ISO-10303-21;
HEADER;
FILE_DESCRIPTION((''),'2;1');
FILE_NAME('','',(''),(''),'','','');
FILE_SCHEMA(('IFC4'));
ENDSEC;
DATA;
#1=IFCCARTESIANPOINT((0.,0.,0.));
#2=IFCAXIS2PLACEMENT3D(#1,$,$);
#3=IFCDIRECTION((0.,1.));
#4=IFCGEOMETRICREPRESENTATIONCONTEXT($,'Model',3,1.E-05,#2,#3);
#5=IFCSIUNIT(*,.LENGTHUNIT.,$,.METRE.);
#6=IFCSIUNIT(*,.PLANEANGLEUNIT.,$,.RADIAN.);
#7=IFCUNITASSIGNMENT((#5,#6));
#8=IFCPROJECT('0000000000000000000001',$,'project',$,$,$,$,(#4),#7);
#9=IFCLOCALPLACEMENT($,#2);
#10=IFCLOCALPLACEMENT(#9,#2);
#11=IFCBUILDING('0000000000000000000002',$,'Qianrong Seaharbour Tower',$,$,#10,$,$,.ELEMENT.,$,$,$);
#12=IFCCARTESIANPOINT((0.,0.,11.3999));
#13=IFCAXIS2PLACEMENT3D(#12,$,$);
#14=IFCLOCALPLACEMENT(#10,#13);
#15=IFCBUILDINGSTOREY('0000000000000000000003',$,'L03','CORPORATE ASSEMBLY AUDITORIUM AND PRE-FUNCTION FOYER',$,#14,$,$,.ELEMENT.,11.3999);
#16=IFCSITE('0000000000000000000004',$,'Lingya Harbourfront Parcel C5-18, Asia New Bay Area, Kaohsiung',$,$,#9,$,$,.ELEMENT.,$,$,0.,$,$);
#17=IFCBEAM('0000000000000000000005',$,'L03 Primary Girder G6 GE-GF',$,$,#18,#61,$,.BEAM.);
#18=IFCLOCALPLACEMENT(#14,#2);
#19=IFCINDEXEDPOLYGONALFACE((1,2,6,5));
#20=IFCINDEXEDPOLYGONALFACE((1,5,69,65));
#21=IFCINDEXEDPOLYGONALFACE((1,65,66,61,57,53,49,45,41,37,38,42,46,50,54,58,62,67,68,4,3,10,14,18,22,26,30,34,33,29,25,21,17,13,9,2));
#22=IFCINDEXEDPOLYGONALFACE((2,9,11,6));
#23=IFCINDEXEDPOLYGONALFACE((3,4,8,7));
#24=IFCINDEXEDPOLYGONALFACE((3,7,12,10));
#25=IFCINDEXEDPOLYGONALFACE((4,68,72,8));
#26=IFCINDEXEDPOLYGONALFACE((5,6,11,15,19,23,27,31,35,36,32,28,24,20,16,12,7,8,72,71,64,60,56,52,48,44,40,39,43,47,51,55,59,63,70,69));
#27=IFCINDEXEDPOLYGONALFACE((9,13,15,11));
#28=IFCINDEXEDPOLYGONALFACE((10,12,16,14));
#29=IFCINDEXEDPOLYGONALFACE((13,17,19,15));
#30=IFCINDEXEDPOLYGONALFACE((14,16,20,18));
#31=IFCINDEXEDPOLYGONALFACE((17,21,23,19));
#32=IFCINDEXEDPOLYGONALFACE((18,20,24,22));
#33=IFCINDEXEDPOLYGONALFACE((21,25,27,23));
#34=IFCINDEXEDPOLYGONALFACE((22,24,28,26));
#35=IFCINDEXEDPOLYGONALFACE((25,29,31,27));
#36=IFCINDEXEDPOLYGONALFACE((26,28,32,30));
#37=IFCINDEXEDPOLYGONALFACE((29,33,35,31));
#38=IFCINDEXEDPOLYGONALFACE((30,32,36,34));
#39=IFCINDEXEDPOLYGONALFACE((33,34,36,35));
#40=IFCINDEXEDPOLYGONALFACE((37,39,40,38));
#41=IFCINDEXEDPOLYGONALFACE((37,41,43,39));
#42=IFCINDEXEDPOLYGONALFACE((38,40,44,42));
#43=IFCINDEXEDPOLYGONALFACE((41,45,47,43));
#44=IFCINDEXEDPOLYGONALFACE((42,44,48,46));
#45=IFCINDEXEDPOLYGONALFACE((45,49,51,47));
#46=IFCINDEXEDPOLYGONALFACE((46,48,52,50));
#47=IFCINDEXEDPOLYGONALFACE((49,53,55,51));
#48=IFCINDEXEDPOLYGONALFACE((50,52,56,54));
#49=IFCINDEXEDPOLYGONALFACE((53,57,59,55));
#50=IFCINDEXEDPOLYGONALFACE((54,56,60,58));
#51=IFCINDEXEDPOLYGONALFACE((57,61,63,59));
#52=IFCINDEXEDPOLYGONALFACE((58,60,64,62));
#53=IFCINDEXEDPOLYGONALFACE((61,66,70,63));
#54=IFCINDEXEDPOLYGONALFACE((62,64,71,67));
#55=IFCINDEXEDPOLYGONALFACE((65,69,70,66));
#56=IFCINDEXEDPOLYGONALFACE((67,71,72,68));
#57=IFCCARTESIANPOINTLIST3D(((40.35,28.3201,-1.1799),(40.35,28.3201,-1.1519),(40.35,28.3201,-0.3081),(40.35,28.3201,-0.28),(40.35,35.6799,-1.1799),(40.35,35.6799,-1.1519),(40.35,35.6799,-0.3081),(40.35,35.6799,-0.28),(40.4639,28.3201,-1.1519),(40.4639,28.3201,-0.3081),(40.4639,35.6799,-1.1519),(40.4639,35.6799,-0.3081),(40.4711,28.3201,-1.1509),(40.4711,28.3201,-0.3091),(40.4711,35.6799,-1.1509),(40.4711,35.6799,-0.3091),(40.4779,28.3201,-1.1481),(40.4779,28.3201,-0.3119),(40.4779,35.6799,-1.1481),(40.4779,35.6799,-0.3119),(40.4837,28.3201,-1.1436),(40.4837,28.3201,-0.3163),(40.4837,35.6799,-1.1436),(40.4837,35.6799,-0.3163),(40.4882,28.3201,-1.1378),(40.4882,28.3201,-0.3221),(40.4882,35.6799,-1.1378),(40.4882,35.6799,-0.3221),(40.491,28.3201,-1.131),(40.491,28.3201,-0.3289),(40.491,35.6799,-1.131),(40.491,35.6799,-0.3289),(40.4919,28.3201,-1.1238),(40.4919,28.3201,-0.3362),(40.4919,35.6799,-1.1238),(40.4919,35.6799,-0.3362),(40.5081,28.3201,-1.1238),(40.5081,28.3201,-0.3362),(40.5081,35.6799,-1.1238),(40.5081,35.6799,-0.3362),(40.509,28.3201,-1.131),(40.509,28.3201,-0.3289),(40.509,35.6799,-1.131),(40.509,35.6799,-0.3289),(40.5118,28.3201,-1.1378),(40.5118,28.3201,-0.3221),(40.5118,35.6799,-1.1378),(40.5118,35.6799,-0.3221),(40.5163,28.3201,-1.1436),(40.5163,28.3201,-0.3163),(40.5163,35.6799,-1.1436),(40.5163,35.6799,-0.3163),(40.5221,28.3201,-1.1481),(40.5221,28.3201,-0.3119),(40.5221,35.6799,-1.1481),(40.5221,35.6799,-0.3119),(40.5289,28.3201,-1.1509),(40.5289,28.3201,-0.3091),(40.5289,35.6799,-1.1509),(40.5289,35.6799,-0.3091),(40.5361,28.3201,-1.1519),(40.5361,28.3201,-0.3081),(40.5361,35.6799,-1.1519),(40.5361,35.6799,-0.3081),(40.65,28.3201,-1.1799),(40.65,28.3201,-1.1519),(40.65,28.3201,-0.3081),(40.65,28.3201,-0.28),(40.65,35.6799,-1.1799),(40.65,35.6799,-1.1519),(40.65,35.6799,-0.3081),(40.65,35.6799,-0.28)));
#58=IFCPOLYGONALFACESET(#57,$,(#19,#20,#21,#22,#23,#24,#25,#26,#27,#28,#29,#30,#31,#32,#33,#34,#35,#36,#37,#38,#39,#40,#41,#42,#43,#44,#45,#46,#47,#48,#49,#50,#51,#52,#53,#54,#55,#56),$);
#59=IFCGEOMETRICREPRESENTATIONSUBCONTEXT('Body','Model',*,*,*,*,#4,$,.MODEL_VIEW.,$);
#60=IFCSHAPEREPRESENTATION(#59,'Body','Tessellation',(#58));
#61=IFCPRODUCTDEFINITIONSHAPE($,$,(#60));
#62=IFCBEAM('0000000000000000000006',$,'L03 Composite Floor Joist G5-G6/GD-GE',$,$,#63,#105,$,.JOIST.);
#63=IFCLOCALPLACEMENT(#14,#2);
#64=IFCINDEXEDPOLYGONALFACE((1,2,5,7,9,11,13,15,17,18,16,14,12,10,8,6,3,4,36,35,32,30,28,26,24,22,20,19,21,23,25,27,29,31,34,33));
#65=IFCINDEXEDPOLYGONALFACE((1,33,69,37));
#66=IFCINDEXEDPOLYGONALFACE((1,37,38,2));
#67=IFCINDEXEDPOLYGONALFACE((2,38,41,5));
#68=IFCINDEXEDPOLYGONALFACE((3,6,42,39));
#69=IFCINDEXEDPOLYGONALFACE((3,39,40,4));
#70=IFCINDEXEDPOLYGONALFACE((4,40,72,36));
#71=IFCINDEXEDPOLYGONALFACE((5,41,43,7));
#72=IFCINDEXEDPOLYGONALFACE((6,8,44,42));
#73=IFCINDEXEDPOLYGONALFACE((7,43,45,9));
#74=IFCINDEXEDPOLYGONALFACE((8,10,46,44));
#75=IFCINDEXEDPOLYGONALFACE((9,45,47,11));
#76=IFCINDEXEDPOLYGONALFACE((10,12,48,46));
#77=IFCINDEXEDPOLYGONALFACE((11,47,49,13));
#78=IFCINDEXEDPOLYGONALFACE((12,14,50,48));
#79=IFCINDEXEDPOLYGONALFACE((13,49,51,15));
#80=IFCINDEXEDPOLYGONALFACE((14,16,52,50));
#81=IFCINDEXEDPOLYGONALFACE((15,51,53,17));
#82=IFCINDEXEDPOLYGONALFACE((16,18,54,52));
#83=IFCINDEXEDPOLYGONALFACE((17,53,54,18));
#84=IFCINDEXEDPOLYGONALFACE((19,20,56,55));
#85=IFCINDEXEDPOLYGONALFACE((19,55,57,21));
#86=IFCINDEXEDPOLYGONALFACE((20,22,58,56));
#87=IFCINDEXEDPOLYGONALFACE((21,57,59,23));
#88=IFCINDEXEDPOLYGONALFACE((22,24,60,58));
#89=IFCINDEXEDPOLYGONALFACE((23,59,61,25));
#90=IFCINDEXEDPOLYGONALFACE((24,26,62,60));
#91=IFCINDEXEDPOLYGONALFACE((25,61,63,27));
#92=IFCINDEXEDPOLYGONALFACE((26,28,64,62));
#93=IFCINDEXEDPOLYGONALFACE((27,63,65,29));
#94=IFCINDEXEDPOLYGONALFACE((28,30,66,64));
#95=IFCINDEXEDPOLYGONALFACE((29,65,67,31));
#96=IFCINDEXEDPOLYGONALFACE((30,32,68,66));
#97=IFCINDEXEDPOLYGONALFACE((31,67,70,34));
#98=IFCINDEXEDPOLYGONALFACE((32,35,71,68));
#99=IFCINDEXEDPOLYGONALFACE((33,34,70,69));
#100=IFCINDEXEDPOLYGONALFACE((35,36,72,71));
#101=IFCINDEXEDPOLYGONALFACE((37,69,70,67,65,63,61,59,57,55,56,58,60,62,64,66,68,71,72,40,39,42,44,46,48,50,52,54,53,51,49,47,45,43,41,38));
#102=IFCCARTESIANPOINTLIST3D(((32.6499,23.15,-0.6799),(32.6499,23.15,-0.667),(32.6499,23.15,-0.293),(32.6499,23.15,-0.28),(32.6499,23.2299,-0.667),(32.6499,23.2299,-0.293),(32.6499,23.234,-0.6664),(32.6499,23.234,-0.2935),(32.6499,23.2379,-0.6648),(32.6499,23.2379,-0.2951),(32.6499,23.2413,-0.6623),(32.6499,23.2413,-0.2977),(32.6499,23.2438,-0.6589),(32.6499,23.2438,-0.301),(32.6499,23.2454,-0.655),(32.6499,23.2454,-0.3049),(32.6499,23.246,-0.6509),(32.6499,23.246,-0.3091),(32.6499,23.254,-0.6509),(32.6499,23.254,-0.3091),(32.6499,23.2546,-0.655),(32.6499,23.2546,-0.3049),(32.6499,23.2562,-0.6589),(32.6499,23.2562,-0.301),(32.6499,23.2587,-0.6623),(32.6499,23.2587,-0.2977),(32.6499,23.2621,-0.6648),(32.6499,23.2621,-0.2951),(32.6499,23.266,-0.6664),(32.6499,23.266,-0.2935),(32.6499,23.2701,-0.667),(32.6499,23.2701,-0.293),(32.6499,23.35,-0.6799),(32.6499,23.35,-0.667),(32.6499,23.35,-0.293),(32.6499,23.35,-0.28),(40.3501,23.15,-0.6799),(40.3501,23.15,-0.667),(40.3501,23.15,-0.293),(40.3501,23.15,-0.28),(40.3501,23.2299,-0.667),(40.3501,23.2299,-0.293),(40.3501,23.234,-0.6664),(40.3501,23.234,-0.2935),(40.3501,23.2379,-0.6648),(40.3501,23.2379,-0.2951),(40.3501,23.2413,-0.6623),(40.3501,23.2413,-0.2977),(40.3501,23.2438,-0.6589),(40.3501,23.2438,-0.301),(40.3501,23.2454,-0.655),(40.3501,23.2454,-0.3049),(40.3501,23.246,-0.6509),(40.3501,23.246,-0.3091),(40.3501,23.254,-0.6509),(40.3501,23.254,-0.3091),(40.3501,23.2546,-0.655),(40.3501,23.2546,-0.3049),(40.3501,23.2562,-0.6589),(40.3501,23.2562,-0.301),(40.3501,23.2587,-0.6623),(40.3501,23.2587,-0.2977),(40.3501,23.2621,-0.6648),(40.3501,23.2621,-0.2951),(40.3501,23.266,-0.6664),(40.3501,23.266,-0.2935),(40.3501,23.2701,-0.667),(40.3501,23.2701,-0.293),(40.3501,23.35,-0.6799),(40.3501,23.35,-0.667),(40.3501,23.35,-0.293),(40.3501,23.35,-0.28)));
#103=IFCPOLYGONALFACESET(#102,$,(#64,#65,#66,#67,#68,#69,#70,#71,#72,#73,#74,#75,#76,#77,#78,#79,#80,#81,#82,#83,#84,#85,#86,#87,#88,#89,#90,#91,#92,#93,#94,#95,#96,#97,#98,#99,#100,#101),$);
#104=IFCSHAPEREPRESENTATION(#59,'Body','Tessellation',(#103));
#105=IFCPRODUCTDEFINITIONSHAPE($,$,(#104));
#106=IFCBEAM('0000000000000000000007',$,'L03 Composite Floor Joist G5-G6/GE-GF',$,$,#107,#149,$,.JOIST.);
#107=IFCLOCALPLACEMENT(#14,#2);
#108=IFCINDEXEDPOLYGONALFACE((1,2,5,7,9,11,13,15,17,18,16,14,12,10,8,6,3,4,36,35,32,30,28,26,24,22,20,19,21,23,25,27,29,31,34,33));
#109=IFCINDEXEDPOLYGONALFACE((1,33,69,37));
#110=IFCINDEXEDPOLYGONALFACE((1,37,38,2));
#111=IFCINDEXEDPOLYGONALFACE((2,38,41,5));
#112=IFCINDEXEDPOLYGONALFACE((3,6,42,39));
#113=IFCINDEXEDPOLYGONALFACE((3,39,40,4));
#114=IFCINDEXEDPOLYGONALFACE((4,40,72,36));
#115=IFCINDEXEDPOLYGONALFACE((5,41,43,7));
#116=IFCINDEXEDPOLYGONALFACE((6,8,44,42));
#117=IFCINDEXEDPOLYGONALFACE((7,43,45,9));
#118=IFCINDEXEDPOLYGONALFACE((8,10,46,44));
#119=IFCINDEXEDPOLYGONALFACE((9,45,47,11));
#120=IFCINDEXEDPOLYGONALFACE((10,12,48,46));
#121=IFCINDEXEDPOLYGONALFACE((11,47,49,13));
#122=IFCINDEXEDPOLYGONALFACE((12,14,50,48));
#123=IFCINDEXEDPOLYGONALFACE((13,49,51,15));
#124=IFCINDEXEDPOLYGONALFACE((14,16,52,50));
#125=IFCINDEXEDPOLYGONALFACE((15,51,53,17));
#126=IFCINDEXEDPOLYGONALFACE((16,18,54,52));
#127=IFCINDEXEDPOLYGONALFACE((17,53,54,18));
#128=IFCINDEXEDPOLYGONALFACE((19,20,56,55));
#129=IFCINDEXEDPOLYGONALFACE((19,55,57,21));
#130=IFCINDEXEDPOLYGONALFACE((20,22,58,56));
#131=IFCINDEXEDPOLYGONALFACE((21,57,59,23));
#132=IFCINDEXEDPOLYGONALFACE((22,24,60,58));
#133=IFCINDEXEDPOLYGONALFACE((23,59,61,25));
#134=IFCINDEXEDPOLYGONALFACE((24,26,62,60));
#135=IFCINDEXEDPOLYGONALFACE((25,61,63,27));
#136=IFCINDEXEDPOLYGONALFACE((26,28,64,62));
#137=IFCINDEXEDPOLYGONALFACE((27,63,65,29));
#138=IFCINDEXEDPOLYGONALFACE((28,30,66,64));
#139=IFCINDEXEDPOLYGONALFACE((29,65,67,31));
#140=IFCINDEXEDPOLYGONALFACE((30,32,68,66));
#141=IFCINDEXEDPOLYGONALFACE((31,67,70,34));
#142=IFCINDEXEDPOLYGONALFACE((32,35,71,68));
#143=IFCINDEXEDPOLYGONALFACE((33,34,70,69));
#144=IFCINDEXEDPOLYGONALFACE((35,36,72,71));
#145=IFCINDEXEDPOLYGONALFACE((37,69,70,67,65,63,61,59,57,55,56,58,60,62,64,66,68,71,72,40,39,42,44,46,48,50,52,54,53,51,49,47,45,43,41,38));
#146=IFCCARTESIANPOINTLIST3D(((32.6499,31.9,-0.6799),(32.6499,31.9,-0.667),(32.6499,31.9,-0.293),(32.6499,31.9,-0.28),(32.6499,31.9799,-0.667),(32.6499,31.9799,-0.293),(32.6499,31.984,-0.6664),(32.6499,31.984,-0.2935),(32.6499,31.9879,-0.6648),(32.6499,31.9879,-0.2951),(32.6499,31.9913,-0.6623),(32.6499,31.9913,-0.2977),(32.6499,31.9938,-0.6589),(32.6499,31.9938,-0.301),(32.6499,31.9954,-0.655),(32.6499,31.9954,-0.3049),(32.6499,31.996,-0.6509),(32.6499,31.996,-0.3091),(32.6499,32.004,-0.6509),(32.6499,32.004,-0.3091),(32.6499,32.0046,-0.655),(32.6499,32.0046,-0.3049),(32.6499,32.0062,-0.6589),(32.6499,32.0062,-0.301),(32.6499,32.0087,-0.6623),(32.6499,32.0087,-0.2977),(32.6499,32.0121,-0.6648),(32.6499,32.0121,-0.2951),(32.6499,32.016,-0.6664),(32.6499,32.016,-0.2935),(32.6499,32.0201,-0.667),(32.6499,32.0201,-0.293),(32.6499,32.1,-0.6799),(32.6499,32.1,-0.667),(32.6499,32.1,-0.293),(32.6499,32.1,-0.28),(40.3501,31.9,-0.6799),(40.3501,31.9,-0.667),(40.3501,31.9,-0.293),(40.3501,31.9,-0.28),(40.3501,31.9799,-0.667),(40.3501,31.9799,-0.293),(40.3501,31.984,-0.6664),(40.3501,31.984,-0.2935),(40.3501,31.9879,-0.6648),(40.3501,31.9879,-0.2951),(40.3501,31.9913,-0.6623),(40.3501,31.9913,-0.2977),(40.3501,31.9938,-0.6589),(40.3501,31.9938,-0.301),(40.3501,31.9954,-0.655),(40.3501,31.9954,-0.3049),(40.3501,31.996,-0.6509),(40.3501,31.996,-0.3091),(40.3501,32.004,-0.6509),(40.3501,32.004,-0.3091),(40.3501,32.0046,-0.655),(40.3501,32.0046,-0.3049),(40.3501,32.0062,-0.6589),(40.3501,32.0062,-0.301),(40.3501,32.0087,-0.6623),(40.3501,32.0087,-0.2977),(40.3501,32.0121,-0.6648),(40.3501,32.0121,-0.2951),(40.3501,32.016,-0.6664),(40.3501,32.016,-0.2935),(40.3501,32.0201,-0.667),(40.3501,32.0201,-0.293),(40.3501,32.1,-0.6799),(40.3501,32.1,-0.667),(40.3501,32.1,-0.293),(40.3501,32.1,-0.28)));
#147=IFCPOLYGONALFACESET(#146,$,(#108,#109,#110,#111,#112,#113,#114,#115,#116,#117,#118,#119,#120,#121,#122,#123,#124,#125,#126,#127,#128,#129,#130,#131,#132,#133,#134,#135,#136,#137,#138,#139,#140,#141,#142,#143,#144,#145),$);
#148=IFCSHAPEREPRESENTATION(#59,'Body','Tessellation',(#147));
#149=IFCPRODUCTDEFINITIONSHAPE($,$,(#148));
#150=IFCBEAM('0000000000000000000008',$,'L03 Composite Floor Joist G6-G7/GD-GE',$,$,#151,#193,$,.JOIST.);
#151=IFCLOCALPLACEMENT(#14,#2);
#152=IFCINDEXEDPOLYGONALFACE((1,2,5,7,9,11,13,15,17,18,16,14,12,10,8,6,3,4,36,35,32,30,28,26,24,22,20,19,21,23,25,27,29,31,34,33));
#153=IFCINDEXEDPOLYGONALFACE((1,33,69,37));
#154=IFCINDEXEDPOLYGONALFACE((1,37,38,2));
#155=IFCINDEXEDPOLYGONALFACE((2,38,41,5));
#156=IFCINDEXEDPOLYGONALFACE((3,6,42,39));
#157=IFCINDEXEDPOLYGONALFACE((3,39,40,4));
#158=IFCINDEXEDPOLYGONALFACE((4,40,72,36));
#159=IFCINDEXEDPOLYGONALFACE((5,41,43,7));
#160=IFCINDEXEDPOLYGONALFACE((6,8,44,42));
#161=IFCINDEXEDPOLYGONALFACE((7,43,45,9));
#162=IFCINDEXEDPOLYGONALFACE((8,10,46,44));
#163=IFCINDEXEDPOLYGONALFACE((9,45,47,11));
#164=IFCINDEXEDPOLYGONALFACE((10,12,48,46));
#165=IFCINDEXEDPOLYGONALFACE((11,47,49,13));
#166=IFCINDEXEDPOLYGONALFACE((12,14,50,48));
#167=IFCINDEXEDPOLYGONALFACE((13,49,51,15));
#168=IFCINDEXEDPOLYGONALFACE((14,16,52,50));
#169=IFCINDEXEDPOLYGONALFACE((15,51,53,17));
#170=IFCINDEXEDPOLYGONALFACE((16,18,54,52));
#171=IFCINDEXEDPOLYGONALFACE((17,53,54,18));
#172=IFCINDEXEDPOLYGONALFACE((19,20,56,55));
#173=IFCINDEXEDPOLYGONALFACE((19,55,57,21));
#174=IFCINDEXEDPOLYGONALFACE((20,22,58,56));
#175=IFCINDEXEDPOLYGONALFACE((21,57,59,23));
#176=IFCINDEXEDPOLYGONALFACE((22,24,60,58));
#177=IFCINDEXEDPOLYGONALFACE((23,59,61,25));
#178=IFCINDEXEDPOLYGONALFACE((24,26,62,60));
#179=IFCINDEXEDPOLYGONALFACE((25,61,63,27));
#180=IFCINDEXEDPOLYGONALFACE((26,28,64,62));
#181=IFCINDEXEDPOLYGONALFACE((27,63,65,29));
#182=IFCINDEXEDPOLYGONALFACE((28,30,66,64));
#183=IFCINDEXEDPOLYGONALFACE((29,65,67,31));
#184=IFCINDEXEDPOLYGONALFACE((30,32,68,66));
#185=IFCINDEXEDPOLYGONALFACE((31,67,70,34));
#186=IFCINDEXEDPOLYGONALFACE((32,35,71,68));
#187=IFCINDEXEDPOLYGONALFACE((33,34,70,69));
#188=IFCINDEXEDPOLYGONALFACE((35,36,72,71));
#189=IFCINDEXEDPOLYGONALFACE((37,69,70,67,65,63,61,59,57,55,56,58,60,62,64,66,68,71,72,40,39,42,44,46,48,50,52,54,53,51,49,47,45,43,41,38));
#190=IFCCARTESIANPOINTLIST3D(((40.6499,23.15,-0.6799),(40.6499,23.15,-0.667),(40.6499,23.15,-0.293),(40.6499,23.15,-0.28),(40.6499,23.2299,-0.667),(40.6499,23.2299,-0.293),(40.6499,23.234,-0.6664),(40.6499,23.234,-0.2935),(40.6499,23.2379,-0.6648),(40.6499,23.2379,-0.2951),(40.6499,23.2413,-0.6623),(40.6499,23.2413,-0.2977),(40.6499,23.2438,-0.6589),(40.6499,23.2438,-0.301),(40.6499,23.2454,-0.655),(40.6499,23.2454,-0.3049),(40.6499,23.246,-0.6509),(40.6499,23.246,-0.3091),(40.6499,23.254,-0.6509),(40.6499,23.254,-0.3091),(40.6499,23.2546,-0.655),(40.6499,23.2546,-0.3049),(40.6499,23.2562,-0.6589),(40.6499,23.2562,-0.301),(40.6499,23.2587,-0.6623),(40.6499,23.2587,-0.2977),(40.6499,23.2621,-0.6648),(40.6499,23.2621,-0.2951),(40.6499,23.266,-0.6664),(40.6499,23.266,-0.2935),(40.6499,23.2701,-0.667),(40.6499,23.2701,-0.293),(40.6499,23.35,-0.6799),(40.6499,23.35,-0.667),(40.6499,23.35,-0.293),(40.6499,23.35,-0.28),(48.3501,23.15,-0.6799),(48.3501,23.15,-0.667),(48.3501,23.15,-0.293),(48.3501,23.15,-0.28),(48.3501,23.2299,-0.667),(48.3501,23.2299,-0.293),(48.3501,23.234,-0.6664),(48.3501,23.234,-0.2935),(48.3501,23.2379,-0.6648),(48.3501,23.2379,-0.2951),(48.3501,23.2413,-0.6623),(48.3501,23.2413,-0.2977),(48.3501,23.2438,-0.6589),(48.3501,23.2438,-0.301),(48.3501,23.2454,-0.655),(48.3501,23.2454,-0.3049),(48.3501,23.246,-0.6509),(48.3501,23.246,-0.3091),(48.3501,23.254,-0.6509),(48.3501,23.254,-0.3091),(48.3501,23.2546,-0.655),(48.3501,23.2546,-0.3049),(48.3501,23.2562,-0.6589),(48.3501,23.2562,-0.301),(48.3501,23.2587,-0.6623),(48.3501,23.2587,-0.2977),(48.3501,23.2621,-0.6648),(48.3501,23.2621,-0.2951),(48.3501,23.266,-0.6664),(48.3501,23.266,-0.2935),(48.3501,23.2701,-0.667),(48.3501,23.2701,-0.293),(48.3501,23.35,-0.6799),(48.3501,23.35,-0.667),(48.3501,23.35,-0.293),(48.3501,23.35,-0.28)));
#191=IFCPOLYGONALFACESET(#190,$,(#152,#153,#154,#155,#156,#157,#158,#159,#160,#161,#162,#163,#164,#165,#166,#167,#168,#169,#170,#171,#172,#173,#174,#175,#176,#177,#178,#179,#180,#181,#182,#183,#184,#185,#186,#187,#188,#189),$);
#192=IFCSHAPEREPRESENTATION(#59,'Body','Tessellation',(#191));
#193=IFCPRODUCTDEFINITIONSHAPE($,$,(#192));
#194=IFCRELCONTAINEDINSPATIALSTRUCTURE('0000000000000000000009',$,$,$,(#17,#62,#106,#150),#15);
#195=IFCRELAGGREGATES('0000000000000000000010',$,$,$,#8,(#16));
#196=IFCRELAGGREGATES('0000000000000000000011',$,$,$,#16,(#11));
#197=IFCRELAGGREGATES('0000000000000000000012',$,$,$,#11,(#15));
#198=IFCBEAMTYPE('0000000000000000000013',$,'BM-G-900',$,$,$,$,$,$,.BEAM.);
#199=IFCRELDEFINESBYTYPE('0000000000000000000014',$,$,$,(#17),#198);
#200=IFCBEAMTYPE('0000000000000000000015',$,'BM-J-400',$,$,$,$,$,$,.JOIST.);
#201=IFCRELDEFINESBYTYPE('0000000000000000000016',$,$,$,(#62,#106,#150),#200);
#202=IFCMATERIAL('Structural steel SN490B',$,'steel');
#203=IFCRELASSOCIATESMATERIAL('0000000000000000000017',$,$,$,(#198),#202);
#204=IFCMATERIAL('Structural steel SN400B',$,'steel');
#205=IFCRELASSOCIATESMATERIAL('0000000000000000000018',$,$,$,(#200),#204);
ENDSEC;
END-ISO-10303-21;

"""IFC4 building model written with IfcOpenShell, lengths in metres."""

from ifc_helpers import new_model, si_unit, direction, frame, origin, origin_2d, place, context, subcontext, project, spatial, i_section, extrude, material, material_profile, profile_set, type_object, element, save


model = new_model("IFC4")

# Units and contexts
model_context = context("Model", 3, precision=1e-05, world=origin(), true_north=direction((0.0, 1.0)))
body_context = subcontext(model_context, "Body", "Model", "MODEL_VIEW")
ifc_project = project(units=[si_unit("LENGTHUNIT", "METRE"), si_unit("PLANEANGLEUNIT", "RADIAN")], contexts=[model_context])

# Site, building, storey
site_placement = place(None, origin())
site = spatial("IfcSite", under=ifc_project, at=site_placement, Name="Lingya Harbourfront Parcel C5-18, Asia New Bay Area, Kaohsiung", CompositionType="ELEMENT", RefElevation=0.0)
building_placement = place(site_placement, origin())
building = spatial("IfcBuilding", under=site, at=building_placement, Name="Qianrong Seaharbour Tower", CompositionType="ELEMENT")
storey_placement = place(building_placement, frame((0.0, 0.0, 11.3999)))
storey = spatial("IfcBuildingStorey", under=building, at=storey_placement, Name="L03", Description="CORPORATE ASSEMBLY AUDITORIUM AND PRE-FUNCTION FOYER", CompositionType="ELEMENT", Elevation=11.3999)

# Shared definitions
ifc_material_1 = material(Name="Structural steel SN490B", Category="steel")

# Beams
ifc_material_profile_1 = material_profile(ifc_material_1, i_section(OverallWidth=0.3, OverallDepth=0.8999, WebThickness=0.0161, FlangeThickness=0.0281, FilletRadius=0.0281, at=origin_2d()), Name="H900x300x16x28")
ifc_profile_set_1 = profile_set([ifc_material_profile_1], Name="Structural steel SN490B")
beam_type_1 = type_object("IfcBeamType", Name="BM-G-900", PredefinedType="BEAM", material=ifc_profile_set_1)
for number, where, z_axis, x_axis, name in (
    (1, (40.5, 28.3201, -0.73), (0.0, 1.0, 0.0), (-1.0, 0.0, 0.0), "L03 Primary Girder G6 GE-GF"),
):
    element("IfcBeam", number, at=place(storey_placement, frame(where, z_axis=z_axis, x_axis=x_axis)), inside=storey, type_object=beam_type_1, Name=name, PredefinedType="BEAM", context=body_context, shape_type="SweptSolid", body=[
        extrude(i_section(OverallWidth=0.3, OverallDepth=0.8999, WebThickness=0.0161, FlangeThickness=0.0281, FilletRadius=0.0281, at=origin_2d()), origin(), (0.0, 0.0, 1.0), 7.3599),
    ])
ifc_material_2 = material(Name="Structural steel SN400B", Category="steel")
ifc_material_profile_2 = material_profile(ifc_material_2, i_section(OverallWidth=0.2, OverallDepth=0.3999, WebThickness=0.0081, FlangeThickness=0.0129, FilletRadius=0.0161, at=origin_2d()), Name="H400x200x8x13")
ifc_profile_set_2 = profile_set([ifc_material_profile_2], Name="Structural steel SN400B")
beam_type_2 = type_object("IfcBeamType", Name="BM-J-400", PredefinedType="JOIST", material=ifc_profile_set_2)
for number, where, z_axis, x_axis, name in (
    (2, (32.6499, 23.25, -0.48), (1.0, 0.0, 0.0), (0.0, 1.0, 0.0), "L03 Composite Floor Joist G5-G6/GD-GE"),
    (3, (32.6499, 32.0, -0.48), (1.0, 0.0, 0.0), (0.0, 1.0, 0.0), "L03 Composite Floor Joist G5-G6/GE-GF"),
    (4, (40.6499, 23.25, -0.48), (1.0, 0.0, 0.0), (0.0, 1.0, 0.0), "L03 Composite Floor Joist G6-G7/GD-GE"),
):
    element("IfcBeam", number, at=place(storey_placement, frame(where, z_axis=z_axis, x_axis=x_axis)), inside=storey, type_object=beam_type_2, Name=name, PredefinedType="JOIST", context=body_context, shape_type="SweptSolid", body=[
        extrude(i_section(OverallWidth=0.2, OverallDepth=0.3999, WebThickness=0.0081, FlangeThickness=0.0129, FilletRadius=0.0161, at=origin_2d()), origin(), (0.0, 0.0, 1.0), 7.7002),
    ])

save(model, "model.ifc")
